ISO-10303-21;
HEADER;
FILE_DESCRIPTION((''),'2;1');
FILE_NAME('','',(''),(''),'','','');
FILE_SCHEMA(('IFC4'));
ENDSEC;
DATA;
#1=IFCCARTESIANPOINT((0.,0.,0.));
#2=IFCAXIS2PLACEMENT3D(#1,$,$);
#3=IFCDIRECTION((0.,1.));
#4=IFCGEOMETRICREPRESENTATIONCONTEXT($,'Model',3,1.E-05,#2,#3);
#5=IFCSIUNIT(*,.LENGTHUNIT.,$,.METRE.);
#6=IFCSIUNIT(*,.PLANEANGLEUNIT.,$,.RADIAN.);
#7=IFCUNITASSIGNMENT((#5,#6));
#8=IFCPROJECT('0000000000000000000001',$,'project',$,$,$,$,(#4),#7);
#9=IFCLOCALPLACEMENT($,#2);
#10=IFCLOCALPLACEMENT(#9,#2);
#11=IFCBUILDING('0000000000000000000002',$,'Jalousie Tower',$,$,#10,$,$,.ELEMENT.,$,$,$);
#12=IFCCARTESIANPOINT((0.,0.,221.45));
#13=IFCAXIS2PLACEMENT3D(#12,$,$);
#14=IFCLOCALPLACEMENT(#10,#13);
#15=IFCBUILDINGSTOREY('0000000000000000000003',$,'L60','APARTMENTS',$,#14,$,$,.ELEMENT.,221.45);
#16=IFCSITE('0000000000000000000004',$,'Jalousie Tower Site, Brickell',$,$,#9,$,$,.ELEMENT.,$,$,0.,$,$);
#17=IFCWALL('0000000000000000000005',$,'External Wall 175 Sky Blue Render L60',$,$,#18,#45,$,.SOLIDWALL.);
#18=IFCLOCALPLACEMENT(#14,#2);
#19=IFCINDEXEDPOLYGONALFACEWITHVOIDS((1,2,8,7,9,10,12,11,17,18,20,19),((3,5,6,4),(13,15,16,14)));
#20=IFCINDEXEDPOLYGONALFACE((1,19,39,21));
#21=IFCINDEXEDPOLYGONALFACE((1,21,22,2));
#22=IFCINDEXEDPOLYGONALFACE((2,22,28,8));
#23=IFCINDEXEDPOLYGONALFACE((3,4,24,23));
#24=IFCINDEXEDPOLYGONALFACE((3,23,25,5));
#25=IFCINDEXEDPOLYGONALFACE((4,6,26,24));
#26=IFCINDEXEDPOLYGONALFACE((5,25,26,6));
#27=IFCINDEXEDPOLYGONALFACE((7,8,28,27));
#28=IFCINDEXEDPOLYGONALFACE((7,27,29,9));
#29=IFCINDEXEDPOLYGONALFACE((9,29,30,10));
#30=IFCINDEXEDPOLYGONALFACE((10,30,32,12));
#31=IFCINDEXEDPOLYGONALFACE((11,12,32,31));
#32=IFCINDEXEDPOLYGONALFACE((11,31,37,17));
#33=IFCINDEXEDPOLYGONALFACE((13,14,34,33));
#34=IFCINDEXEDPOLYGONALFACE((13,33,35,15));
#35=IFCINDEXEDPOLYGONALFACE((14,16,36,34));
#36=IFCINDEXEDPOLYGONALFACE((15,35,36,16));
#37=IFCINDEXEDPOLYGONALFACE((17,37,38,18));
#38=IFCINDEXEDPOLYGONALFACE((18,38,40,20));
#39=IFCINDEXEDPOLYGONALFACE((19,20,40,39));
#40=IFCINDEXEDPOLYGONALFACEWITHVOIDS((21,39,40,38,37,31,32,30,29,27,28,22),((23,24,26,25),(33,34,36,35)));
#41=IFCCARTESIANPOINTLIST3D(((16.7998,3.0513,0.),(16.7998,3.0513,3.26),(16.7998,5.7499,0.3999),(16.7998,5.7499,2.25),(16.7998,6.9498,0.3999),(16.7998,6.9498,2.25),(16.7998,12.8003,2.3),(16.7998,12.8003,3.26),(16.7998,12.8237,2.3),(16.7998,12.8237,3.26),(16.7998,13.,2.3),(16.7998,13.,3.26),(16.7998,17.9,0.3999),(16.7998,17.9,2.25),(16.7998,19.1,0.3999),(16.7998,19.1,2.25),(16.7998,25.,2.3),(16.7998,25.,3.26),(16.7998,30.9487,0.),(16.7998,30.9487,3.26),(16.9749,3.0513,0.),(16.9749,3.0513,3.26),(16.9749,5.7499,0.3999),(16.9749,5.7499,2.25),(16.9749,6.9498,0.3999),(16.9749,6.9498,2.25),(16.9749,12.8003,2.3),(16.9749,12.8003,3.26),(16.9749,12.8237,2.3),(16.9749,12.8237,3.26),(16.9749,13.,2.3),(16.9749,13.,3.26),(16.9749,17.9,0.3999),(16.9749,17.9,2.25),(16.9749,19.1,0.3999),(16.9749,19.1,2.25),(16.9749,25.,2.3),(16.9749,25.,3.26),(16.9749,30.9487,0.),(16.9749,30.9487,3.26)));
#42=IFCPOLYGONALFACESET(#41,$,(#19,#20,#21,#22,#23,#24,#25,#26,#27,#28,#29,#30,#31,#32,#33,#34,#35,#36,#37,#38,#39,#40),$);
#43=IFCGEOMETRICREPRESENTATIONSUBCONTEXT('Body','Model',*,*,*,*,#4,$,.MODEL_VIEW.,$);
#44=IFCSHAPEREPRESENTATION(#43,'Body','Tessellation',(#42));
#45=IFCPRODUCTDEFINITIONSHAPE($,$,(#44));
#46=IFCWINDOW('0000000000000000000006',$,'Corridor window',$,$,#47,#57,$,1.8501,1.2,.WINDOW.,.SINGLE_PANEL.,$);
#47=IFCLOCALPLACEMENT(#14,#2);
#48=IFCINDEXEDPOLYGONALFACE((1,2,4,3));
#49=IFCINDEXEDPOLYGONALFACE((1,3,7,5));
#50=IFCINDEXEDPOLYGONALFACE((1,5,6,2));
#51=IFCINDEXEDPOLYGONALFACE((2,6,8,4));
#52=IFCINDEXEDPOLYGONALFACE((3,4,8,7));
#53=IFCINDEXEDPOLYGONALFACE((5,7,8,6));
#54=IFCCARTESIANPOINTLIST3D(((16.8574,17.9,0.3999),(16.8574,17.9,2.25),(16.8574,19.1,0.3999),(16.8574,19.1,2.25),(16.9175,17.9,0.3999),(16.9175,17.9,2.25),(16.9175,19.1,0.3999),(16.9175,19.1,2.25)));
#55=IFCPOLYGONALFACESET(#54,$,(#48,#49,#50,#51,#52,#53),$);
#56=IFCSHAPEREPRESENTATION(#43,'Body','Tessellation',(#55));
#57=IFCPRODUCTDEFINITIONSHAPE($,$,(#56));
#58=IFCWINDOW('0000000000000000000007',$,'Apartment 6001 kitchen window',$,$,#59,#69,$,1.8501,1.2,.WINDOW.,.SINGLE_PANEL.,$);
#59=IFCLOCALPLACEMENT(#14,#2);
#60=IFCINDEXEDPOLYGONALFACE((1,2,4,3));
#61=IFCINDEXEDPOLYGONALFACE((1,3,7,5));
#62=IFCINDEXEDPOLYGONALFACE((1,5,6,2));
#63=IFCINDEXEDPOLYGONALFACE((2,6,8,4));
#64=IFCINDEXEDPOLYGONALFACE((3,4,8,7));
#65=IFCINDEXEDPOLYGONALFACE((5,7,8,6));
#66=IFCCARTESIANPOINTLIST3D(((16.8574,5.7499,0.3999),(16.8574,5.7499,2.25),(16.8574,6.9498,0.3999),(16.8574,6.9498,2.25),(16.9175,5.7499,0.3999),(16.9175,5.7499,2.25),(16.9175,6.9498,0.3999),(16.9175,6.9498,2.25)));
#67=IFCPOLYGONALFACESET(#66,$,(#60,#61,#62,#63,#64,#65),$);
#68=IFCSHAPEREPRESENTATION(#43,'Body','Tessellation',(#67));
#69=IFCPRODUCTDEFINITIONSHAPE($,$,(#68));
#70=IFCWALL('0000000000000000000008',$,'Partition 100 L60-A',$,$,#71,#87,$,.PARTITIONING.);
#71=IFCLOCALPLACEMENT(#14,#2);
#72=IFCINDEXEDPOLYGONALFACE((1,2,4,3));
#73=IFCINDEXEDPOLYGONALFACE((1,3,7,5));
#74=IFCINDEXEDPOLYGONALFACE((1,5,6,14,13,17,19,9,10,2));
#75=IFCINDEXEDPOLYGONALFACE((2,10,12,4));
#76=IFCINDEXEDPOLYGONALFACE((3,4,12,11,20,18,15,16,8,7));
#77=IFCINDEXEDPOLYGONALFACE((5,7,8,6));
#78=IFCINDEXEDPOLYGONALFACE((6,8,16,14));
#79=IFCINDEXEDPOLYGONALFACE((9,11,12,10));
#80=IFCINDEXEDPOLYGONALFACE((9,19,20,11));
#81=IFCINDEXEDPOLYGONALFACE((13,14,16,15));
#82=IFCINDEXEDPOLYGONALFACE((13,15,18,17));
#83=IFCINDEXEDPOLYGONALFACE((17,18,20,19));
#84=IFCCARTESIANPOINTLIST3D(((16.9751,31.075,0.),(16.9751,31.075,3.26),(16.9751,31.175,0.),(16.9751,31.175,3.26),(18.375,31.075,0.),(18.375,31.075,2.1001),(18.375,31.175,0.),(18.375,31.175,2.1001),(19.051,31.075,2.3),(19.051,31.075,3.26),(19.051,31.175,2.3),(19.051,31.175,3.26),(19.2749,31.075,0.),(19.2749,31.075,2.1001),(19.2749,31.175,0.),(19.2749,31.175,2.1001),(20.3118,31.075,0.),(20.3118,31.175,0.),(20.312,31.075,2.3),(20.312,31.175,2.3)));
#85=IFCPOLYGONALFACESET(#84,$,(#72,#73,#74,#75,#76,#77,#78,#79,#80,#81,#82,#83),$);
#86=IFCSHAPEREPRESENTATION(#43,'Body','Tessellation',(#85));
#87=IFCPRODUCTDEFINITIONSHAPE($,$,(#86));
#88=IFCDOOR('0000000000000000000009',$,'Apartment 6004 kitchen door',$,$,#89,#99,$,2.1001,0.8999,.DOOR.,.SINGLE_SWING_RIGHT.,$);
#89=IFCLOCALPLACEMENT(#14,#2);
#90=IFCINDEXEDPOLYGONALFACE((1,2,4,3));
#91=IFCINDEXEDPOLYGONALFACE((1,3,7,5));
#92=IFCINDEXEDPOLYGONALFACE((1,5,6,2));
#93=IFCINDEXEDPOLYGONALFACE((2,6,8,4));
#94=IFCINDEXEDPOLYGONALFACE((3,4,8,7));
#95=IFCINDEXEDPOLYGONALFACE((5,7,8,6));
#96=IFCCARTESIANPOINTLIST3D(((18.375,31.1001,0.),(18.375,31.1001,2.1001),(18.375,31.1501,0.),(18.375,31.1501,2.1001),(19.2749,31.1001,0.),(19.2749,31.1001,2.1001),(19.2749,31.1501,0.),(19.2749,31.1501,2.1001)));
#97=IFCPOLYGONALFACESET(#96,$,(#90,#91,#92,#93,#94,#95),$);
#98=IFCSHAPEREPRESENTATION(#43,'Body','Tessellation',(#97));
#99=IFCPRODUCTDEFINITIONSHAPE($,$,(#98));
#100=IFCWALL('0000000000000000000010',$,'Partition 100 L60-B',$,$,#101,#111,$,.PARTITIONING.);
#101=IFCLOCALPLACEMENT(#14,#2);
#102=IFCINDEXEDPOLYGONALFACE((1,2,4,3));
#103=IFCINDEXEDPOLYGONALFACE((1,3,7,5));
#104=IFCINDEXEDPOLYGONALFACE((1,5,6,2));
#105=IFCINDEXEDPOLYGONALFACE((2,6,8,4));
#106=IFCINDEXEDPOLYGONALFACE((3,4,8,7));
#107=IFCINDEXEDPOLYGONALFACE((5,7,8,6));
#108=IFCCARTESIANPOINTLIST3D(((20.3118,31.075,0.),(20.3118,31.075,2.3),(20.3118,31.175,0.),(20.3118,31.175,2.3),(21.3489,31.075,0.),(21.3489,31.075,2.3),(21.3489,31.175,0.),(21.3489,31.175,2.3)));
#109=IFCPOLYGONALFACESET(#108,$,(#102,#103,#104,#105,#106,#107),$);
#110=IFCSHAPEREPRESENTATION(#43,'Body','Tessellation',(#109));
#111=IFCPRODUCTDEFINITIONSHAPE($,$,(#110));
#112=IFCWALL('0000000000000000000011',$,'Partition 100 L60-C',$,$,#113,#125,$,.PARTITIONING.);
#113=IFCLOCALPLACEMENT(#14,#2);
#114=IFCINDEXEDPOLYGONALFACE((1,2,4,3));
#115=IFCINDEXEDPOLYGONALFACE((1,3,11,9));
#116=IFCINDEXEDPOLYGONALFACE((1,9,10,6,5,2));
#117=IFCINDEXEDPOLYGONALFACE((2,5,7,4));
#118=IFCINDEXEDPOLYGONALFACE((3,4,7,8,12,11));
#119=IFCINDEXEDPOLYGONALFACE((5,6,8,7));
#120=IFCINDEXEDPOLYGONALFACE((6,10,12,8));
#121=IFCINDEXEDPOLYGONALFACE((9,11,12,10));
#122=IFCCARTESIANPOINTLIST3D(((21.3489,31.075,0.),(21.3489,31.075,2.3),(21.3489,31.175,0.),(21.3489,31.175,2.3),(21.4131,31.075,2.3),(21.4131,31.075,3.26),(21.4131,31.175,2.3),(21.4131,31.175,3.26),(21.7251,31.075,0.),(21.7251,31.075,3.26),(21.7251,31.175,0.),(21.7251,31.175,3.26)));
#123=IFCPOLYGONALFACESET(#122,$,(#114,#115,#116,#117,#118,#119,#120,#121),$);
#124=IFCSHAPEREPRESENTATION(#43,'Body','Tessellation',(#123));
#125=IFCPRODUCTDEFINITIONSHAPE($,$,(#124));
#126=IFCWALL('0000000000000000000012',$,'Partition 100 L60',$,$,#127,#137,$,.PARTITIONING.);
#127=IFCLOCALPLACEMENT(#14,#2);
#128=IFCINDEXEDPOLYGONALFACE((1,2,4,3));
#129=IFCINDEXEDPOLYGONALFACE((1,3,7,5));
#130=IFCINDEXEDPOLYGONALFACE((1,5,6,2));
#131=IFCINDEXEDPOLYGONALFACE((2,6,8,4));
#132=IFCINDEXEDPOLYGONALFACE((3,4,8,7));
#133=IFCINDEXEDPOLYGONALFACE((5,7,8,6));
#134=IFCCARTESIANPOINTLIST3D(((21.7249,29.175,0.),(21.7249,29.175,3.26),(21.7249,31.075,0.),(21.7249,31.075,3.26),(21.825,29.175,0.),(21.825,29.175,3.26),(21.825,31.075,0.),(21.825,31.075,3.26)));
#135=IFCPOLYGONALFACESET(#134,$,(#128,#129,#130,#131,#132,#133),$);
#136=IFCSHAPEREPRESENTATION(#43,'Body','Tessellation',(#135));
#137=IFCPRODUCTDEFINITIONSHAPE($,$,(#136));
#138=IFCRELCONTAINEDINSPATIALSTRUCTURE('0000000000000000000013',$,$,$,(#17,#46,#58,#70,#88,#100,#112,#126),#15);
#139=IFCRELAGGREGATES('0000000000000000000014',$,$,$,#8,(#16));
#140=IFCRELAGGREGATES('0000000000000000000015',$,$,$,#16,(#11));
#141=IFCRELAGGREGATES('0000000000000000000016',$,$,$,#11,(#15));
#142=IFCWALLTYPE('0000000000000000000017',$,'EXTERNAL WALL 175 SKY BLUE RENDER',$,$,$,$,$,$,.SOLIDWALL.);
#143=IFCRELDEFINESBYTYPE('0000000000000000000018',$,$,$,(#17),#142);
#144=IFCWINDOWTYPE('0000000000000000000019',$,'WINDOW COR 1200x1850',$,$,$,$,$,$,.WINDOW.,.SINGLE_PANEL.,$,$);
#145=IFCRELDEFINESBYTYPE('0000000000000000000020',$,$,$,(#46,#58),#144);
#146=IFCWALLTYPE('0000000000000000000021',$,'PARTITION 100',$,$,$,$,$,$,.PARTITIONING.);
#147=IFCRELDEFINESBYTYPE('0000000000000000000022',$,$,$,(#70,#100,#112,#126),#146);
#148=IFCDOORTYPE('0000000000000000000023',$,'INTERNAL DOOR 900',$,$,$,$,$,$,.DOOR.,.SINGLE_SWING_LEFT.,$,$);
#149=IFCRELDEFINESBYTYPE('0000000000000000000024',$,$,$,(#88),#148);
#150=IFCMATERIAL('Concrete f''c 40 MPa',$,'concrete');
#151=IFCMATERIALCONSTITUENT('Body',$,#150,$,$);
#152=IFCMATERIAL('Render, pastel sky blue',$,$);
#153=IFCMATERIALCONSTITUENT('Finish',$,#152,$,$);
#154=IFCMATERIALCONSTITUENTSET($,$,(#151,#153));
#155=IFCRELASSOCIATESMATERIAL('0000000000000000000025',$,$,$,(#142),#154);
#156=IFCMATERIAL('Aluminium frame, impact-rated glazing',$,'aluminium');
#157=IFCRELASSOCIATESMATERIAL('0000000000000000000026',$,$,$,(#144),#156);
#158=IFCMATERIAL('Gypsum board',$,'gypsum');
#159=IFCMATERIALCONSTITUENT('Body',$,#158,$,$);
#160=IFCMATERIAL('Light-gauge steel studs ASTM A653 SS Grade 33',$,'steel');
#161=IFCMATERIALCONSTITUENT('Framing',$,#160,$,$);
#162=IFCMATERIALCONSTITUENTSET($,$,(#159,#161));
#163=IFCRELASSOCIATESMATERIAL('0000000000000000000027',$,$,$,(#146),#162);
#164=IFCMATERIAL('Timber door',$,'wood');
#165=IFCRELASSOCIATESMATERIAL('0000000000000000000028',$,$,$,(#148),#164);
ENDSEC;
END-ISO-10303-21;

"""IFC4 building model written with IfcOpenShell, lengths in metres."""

from ifc_helpers import new_model, si_unit, direction, frame, frame_2d, origin, place, context, subcontext, project, spatial, polyline, rectangle, outline, extrude, material, constituent, constituent_set, type_object, element, fill, save


model = new_model("IFC4")

# Units and contexts
model_context = context("Model", 3, precision=1e-05, world=origin(), true_north=direction((0.0, 1.0)))
body_context = subcontext(model_context, "Body", "Model", "MODEL_VIEW")
ifc_project = project(units=[si_unit("LENGTHUNIT", "METRE"), si_unit("PLANEANGLEUNIT", "RADIAN")], contexts=[model_context])

# Site, building, storey
site_placement = place(None, origin())
site = spatial("IfcSite", under=ifc_project, at=site_placement, Name="Jalousie Tower Site, Brickell", CompositionType="ELEMENT", RefElevation=0.0)
building_placement = place(site_placement, origin())
building = spatial("IfcBuilding", under=site, at=building_placement, Name="Jalousie Tower", CompositionType="ELEMENT")
storey_placement = place(building_placement, frame((0.0, 0.0, 221.45)))
storey = spatial("IfcBuildingStorey", under=building, at=storey_placement, Name="L60", Description="APARTMENTS", CompositionType="ELEMENT", Elevation=221.45)

# Wall, openings, windows
ifc_material_1 = material(Name="Concrete f'c 40 MPa", Category="concrete")
ifc_constituent_1 = constituent(ifc_material_1, Name="Body")
ifc_material_2 = material(Name="Render, pastel sky blue")
ifc_constituent_2 = constituent(ifc_material_2, Name="Finish")
ifc_constituent_set_1 = constituent_set(constituents=[ifc_constituent_1, ifc_constituent_2])
wall_type_1 = type_object("IfcWallType", Name="EXTERNAL WALL 175 SKY BLUE RENDER", PredefinedType="SOLIDWALL", material=ifc_constituent_set_1)
wall_1_placement = place(storey_placement, frame((16.8875, 30.9487, 0.0), z_axis=(0.0, 0.0, 1.0), x_axis=(0.0, -1.0, 0.0)))
wall_1 = element("IfcWall", 1, at=wall_1_placement, inside=storey, type_object=wall_type_1, Name="External Wall 175 Sky Blue Render L60", PredefinedType="SOLIDWALL", context=body_context, shape_type="SweptSolid", body=[
    extrude(outline(polyline([(0.0, 0.0), (27.8975, 0.0), (27.8975, 3.26), (18.1484, 3.26), (18.1484, 2.3), (18.125, 2.3), (18.125, 3.26), (17.9487, 3.26), (17.9487, 2.3), (5.9487, 2.3), (5.9487, 3.26), (0.0, 3.26), (0.0, 0.0)])), frame((0.0, 0.0874, 0.0), z_axis=(0.0, -1.0, 0.0), x_axis=(1.0, 0.0, 0.0)), (0.0, 0.0, 1.0), 0.175),
])
opening_1_placement = place(wall_1_placement, frame((11.8486, 0.0, 0.3999)))
opening_1 = element("IfcOpeningElement", 2, at=opening_1_placement, cuts=wall_1, PredefinedType="OPENING", context=body_context, shape_type="SweptSolid", body=[
    extrude(rectangle(XDim=1.2, YDim=1.8501, at=frame_2d((0.6001, 0.925))), frame((0.0, 0.0974, 0.0), z_axis=(0.0, -1.0, 0.0), x_axis=(1.0, 0.0, 0.0)), (0.0, 0.0, 1.0), 0.1951),
])
opening_2_placement = place(wall_1_placement, frame((23.9988, 0.0, 0.3999)))
opening_2 = element("IfcOpeningElement", 3, at=opening_2_placement, cuts=wall_1, PredefinedType="OPENING", context=body_context, shape_type="SweptSolid", body=[
    extrude(rectangle(XDim=1.2, YDim=1.8501, at=frame_2d((0.6001, 0.925))), frame((0.0, 0.0974, 0.0), z_axis=(0.0, -1.0, 0.0), x_axis=(1.0, 0.0, 0.0)), (0.0, 0.0, 1.0), 0.1951),
])
ifc_material_3 = material(Name="Aluminium frame, impact-rated glazing", Category="aluminium")
window_type = type_object("IfcWindowType", Name="WINDOW COR 1200x1850", PartitioningType="SINGLE_PANEL", PredefinedType="WINDOW", material=ifc_material_3)
window_1_placement = place(opening_1_placement, origin())
window_1 = element("IfcWindow", 4, at=window_1_placement, inside=storey, type_object=window_type, Name="Corridor window", OverallHeight=1.8501, OverallWidth=1.2, PartitioningType="SINGLE_PANEL", PredefinedType="WINDOW", context=body_context, shape_type="SweptSolid", body=[
    extrude(rectangle(XDim=1.2, YDim=1.8501, at=frame_2d((0.6001, 0.925))), frame((0.0, 0.03, 0.0), z_axis=(0.0, -1.0, 0.0), x_axis=(1.0, 0.0, 0.0)), (0.0, 0.0, 1.0), 0.0601),
])
fill(opening_1, window_1)
window_2_placement = place(opening_2_placement, origin())
window_2 = element("IfcWindow", 5, at=window_2_placement, inside=storey, type_object=window_type, Name="Apartment 6001 kitchen window", OverallHeight=1.8501, OverallWidth=1.2, PartitioningType="SINGLE_PANEL", PredefinedType="WINDOW", context=body_context, shape_type="SweptSolid", body=[
    extrude(rectangle(XDim=1.2, YDim=1.8501, at=frame_2d((0.6001, 0.925))), frame((0.0, 0.03, 0.0), z_axis=(0.0, -1.0, 0.0), x_axis=(1.0, 0.0, 0.0)), (0.0, 0.0, 1.0), 0.0601),
])
fill(opening_2, window_2)

# Wall, opening, door
ifc_material_4 = material(Name="Gypsum board", Category="gypsum")
ifc_constituent_3 = constituent(ifc_material_4, Name="Body")
ifc_material_5 = material(Name="Light-gauge steel studs ASTM A653 SS Grade 33", Category="steel")
ifc_constituent_4 = constituent(ifc_material_5, Name="Framing")
ifc_constituent_set_2 = constituent_set(constituents=[ifc_constituent_3, ifc_constituent_4])
wall_type_2 = type_object("IfcWallType", Name="PARTITION 100", PredefinedType="PARTITIONING", material=ifc_constituent_set_2)
wall_2_placement = place(storey_placement, frame((16.9751, 31.125, 0.0), z_axis=(0.0, 0.0, 1.0), x_axis=(1.0, 0.0, 0.0)))
wall_2 = element("IfcWall", 6, at=wall_2_placement, inside=storey, type_object=wall_type_2, Name="Partition 100 L60-A", PredefinedType="PARTITIONING", context=body_context, shape_type="SweptSolid", body=[
    extrude(outline(polyline([(0.0, 0.0), (3.3367, 0.0), (3.3369, 2.3), (2.0759, 2.3), (2.0759, 3.26), (0.0, 3.26), (0.0, 0.0)])), frame((0.0, 0.05, 0.0), z_axis=(0.0, -1.0, 0.0), x_axis=(1.0, 0.0, 0.0)), (0.0, 0.0, 1.0), 0.1001),
])
opening_3_placement = place(wall_2_placement, frame((1.3999, 0.0, 0.0)))
opening_3 = element("IfcOpeningElement", 7, at=opening_3_placement, cuts=wall_2, PredefinedType="OPENING", context=body_context, shape_type="SweptSolid", body=[
    extrude(rectangle(XDim=0.8999, YDim=2.1001, at=frame_2d((0.45, 1.05))), frame((0.0, 0.0601, 0.0), z_axis=(0.0, -1.0, 0.0), x_axis=(1.0, 0.0, 0.0)), (0.0, 0.0, 1.0), 0.1201),
])
ifc_material_6 = material(Name="Timber door", Category="wood")
door_type = type_object("IfcDoorType", Name="INTERNAL DOOR 900", OperationType="SINGLE_SWING_LEFT", PredefinedType="DOOR", material=ifc_material_6)
door_placement = place(opening_3_placement, frame((0.8999, 0.0, 0.0), z_axis=(0.0, 0.0, 1.0), x_axis=(-1.0, 0.0, 0.0)))
door = element("IfcDoor", 8, at=door_placement, inside=storey, type_object=door_type, Name="Apartment 6004 kitchen door", OperationType="SINGLE_SWING_RIGHT", OverallHeight=2.1001, OverallWidth=0.8999, PredefinedType="DOOR", context=body_context, shape_type="SweptSolid", body=[
    extrude(rectangle(XDim=0.8999, YDim=2.1001, at=frame_2d((0.45, 1.05))), frame((0.0, 0.0249, 0.0), z_axis=(0.0, -1.0, 0.0), x_axis=(1.0, 0.0, 0.0)), (0.0, 0.0, 1.0), 0.05),
])
fill(opening_3, door)

# Walls
wall_3_placement = place(storey_placement, frame((20.3118, 31.125, 0.0), z_axis=(0.0, 0.0, 1.0), x_axis=(1.0, 0.0, 0.0)))
element("IfcWall", 9, at=wall_3_placement, inside=storey, type_object=wall_type_2, Name="Partition 100 L60-B", PredefinedType="PARTITIONING", context=body_context, shape_type="SweptSolid", body=[
    extrude(rectangle(XDim=1.0371, YDim=0.1001, at=frame_2d((0.5186, 0.0))), origin(), (0.0, 0.0, 1.0), 2.3),
])
wall_4_placement = place(storey_placement, frame((21.3489, 31.125, 0.0), z_axis=(0.0, 0.0, 1.0), x_axis=(1.0, 0.0, 0.0)))
element("IfcWall", 10, at=wall_4_placement, inside=storey, type_object=wall_type_2, Name="Partition 100 L60-C", PredefinedType="PARTITIONING", context=body_context, shape_type="SweptSolid", body=[
    extrude(outline(polyline([(0.0, 0.0), (0.3762, 0.0), (0.3762, 3.26), (0.0642, 3.26), (0.0642, 2.3), (0.0, 2.3), (0.0, 0.0)])), frame((0.0, 0.05, 0.0), z_axis=(0.0, -1.0, 0.0), x_axis=(1.0, 0.0, 0.0)), (0.0, 0.0, 1.0), 0.1001),
])
wall_5_placement = place(storey_placement, frame((21.7749, 31.075, 0.0), z_axis=(0.0, 0.0, 1.0), x_axis=(0.0, -1.0, 0.0)))
element("IfcWall", 11, at=wall_5_placement, inside=storey, type_object=wall_type_2, Name="Partition 100 L60", PredefinedType="PARTITIONING", context=body_context, shape_type="SweptSolid", body=[
    extrude(rectangle(XDim=1.8999, YDim=0.1001, at=frame_2d((0.95, 0.0))), origin(), (0.0, 0.0, 1.0), 3.26),
])

save(model, "model.ifc")
